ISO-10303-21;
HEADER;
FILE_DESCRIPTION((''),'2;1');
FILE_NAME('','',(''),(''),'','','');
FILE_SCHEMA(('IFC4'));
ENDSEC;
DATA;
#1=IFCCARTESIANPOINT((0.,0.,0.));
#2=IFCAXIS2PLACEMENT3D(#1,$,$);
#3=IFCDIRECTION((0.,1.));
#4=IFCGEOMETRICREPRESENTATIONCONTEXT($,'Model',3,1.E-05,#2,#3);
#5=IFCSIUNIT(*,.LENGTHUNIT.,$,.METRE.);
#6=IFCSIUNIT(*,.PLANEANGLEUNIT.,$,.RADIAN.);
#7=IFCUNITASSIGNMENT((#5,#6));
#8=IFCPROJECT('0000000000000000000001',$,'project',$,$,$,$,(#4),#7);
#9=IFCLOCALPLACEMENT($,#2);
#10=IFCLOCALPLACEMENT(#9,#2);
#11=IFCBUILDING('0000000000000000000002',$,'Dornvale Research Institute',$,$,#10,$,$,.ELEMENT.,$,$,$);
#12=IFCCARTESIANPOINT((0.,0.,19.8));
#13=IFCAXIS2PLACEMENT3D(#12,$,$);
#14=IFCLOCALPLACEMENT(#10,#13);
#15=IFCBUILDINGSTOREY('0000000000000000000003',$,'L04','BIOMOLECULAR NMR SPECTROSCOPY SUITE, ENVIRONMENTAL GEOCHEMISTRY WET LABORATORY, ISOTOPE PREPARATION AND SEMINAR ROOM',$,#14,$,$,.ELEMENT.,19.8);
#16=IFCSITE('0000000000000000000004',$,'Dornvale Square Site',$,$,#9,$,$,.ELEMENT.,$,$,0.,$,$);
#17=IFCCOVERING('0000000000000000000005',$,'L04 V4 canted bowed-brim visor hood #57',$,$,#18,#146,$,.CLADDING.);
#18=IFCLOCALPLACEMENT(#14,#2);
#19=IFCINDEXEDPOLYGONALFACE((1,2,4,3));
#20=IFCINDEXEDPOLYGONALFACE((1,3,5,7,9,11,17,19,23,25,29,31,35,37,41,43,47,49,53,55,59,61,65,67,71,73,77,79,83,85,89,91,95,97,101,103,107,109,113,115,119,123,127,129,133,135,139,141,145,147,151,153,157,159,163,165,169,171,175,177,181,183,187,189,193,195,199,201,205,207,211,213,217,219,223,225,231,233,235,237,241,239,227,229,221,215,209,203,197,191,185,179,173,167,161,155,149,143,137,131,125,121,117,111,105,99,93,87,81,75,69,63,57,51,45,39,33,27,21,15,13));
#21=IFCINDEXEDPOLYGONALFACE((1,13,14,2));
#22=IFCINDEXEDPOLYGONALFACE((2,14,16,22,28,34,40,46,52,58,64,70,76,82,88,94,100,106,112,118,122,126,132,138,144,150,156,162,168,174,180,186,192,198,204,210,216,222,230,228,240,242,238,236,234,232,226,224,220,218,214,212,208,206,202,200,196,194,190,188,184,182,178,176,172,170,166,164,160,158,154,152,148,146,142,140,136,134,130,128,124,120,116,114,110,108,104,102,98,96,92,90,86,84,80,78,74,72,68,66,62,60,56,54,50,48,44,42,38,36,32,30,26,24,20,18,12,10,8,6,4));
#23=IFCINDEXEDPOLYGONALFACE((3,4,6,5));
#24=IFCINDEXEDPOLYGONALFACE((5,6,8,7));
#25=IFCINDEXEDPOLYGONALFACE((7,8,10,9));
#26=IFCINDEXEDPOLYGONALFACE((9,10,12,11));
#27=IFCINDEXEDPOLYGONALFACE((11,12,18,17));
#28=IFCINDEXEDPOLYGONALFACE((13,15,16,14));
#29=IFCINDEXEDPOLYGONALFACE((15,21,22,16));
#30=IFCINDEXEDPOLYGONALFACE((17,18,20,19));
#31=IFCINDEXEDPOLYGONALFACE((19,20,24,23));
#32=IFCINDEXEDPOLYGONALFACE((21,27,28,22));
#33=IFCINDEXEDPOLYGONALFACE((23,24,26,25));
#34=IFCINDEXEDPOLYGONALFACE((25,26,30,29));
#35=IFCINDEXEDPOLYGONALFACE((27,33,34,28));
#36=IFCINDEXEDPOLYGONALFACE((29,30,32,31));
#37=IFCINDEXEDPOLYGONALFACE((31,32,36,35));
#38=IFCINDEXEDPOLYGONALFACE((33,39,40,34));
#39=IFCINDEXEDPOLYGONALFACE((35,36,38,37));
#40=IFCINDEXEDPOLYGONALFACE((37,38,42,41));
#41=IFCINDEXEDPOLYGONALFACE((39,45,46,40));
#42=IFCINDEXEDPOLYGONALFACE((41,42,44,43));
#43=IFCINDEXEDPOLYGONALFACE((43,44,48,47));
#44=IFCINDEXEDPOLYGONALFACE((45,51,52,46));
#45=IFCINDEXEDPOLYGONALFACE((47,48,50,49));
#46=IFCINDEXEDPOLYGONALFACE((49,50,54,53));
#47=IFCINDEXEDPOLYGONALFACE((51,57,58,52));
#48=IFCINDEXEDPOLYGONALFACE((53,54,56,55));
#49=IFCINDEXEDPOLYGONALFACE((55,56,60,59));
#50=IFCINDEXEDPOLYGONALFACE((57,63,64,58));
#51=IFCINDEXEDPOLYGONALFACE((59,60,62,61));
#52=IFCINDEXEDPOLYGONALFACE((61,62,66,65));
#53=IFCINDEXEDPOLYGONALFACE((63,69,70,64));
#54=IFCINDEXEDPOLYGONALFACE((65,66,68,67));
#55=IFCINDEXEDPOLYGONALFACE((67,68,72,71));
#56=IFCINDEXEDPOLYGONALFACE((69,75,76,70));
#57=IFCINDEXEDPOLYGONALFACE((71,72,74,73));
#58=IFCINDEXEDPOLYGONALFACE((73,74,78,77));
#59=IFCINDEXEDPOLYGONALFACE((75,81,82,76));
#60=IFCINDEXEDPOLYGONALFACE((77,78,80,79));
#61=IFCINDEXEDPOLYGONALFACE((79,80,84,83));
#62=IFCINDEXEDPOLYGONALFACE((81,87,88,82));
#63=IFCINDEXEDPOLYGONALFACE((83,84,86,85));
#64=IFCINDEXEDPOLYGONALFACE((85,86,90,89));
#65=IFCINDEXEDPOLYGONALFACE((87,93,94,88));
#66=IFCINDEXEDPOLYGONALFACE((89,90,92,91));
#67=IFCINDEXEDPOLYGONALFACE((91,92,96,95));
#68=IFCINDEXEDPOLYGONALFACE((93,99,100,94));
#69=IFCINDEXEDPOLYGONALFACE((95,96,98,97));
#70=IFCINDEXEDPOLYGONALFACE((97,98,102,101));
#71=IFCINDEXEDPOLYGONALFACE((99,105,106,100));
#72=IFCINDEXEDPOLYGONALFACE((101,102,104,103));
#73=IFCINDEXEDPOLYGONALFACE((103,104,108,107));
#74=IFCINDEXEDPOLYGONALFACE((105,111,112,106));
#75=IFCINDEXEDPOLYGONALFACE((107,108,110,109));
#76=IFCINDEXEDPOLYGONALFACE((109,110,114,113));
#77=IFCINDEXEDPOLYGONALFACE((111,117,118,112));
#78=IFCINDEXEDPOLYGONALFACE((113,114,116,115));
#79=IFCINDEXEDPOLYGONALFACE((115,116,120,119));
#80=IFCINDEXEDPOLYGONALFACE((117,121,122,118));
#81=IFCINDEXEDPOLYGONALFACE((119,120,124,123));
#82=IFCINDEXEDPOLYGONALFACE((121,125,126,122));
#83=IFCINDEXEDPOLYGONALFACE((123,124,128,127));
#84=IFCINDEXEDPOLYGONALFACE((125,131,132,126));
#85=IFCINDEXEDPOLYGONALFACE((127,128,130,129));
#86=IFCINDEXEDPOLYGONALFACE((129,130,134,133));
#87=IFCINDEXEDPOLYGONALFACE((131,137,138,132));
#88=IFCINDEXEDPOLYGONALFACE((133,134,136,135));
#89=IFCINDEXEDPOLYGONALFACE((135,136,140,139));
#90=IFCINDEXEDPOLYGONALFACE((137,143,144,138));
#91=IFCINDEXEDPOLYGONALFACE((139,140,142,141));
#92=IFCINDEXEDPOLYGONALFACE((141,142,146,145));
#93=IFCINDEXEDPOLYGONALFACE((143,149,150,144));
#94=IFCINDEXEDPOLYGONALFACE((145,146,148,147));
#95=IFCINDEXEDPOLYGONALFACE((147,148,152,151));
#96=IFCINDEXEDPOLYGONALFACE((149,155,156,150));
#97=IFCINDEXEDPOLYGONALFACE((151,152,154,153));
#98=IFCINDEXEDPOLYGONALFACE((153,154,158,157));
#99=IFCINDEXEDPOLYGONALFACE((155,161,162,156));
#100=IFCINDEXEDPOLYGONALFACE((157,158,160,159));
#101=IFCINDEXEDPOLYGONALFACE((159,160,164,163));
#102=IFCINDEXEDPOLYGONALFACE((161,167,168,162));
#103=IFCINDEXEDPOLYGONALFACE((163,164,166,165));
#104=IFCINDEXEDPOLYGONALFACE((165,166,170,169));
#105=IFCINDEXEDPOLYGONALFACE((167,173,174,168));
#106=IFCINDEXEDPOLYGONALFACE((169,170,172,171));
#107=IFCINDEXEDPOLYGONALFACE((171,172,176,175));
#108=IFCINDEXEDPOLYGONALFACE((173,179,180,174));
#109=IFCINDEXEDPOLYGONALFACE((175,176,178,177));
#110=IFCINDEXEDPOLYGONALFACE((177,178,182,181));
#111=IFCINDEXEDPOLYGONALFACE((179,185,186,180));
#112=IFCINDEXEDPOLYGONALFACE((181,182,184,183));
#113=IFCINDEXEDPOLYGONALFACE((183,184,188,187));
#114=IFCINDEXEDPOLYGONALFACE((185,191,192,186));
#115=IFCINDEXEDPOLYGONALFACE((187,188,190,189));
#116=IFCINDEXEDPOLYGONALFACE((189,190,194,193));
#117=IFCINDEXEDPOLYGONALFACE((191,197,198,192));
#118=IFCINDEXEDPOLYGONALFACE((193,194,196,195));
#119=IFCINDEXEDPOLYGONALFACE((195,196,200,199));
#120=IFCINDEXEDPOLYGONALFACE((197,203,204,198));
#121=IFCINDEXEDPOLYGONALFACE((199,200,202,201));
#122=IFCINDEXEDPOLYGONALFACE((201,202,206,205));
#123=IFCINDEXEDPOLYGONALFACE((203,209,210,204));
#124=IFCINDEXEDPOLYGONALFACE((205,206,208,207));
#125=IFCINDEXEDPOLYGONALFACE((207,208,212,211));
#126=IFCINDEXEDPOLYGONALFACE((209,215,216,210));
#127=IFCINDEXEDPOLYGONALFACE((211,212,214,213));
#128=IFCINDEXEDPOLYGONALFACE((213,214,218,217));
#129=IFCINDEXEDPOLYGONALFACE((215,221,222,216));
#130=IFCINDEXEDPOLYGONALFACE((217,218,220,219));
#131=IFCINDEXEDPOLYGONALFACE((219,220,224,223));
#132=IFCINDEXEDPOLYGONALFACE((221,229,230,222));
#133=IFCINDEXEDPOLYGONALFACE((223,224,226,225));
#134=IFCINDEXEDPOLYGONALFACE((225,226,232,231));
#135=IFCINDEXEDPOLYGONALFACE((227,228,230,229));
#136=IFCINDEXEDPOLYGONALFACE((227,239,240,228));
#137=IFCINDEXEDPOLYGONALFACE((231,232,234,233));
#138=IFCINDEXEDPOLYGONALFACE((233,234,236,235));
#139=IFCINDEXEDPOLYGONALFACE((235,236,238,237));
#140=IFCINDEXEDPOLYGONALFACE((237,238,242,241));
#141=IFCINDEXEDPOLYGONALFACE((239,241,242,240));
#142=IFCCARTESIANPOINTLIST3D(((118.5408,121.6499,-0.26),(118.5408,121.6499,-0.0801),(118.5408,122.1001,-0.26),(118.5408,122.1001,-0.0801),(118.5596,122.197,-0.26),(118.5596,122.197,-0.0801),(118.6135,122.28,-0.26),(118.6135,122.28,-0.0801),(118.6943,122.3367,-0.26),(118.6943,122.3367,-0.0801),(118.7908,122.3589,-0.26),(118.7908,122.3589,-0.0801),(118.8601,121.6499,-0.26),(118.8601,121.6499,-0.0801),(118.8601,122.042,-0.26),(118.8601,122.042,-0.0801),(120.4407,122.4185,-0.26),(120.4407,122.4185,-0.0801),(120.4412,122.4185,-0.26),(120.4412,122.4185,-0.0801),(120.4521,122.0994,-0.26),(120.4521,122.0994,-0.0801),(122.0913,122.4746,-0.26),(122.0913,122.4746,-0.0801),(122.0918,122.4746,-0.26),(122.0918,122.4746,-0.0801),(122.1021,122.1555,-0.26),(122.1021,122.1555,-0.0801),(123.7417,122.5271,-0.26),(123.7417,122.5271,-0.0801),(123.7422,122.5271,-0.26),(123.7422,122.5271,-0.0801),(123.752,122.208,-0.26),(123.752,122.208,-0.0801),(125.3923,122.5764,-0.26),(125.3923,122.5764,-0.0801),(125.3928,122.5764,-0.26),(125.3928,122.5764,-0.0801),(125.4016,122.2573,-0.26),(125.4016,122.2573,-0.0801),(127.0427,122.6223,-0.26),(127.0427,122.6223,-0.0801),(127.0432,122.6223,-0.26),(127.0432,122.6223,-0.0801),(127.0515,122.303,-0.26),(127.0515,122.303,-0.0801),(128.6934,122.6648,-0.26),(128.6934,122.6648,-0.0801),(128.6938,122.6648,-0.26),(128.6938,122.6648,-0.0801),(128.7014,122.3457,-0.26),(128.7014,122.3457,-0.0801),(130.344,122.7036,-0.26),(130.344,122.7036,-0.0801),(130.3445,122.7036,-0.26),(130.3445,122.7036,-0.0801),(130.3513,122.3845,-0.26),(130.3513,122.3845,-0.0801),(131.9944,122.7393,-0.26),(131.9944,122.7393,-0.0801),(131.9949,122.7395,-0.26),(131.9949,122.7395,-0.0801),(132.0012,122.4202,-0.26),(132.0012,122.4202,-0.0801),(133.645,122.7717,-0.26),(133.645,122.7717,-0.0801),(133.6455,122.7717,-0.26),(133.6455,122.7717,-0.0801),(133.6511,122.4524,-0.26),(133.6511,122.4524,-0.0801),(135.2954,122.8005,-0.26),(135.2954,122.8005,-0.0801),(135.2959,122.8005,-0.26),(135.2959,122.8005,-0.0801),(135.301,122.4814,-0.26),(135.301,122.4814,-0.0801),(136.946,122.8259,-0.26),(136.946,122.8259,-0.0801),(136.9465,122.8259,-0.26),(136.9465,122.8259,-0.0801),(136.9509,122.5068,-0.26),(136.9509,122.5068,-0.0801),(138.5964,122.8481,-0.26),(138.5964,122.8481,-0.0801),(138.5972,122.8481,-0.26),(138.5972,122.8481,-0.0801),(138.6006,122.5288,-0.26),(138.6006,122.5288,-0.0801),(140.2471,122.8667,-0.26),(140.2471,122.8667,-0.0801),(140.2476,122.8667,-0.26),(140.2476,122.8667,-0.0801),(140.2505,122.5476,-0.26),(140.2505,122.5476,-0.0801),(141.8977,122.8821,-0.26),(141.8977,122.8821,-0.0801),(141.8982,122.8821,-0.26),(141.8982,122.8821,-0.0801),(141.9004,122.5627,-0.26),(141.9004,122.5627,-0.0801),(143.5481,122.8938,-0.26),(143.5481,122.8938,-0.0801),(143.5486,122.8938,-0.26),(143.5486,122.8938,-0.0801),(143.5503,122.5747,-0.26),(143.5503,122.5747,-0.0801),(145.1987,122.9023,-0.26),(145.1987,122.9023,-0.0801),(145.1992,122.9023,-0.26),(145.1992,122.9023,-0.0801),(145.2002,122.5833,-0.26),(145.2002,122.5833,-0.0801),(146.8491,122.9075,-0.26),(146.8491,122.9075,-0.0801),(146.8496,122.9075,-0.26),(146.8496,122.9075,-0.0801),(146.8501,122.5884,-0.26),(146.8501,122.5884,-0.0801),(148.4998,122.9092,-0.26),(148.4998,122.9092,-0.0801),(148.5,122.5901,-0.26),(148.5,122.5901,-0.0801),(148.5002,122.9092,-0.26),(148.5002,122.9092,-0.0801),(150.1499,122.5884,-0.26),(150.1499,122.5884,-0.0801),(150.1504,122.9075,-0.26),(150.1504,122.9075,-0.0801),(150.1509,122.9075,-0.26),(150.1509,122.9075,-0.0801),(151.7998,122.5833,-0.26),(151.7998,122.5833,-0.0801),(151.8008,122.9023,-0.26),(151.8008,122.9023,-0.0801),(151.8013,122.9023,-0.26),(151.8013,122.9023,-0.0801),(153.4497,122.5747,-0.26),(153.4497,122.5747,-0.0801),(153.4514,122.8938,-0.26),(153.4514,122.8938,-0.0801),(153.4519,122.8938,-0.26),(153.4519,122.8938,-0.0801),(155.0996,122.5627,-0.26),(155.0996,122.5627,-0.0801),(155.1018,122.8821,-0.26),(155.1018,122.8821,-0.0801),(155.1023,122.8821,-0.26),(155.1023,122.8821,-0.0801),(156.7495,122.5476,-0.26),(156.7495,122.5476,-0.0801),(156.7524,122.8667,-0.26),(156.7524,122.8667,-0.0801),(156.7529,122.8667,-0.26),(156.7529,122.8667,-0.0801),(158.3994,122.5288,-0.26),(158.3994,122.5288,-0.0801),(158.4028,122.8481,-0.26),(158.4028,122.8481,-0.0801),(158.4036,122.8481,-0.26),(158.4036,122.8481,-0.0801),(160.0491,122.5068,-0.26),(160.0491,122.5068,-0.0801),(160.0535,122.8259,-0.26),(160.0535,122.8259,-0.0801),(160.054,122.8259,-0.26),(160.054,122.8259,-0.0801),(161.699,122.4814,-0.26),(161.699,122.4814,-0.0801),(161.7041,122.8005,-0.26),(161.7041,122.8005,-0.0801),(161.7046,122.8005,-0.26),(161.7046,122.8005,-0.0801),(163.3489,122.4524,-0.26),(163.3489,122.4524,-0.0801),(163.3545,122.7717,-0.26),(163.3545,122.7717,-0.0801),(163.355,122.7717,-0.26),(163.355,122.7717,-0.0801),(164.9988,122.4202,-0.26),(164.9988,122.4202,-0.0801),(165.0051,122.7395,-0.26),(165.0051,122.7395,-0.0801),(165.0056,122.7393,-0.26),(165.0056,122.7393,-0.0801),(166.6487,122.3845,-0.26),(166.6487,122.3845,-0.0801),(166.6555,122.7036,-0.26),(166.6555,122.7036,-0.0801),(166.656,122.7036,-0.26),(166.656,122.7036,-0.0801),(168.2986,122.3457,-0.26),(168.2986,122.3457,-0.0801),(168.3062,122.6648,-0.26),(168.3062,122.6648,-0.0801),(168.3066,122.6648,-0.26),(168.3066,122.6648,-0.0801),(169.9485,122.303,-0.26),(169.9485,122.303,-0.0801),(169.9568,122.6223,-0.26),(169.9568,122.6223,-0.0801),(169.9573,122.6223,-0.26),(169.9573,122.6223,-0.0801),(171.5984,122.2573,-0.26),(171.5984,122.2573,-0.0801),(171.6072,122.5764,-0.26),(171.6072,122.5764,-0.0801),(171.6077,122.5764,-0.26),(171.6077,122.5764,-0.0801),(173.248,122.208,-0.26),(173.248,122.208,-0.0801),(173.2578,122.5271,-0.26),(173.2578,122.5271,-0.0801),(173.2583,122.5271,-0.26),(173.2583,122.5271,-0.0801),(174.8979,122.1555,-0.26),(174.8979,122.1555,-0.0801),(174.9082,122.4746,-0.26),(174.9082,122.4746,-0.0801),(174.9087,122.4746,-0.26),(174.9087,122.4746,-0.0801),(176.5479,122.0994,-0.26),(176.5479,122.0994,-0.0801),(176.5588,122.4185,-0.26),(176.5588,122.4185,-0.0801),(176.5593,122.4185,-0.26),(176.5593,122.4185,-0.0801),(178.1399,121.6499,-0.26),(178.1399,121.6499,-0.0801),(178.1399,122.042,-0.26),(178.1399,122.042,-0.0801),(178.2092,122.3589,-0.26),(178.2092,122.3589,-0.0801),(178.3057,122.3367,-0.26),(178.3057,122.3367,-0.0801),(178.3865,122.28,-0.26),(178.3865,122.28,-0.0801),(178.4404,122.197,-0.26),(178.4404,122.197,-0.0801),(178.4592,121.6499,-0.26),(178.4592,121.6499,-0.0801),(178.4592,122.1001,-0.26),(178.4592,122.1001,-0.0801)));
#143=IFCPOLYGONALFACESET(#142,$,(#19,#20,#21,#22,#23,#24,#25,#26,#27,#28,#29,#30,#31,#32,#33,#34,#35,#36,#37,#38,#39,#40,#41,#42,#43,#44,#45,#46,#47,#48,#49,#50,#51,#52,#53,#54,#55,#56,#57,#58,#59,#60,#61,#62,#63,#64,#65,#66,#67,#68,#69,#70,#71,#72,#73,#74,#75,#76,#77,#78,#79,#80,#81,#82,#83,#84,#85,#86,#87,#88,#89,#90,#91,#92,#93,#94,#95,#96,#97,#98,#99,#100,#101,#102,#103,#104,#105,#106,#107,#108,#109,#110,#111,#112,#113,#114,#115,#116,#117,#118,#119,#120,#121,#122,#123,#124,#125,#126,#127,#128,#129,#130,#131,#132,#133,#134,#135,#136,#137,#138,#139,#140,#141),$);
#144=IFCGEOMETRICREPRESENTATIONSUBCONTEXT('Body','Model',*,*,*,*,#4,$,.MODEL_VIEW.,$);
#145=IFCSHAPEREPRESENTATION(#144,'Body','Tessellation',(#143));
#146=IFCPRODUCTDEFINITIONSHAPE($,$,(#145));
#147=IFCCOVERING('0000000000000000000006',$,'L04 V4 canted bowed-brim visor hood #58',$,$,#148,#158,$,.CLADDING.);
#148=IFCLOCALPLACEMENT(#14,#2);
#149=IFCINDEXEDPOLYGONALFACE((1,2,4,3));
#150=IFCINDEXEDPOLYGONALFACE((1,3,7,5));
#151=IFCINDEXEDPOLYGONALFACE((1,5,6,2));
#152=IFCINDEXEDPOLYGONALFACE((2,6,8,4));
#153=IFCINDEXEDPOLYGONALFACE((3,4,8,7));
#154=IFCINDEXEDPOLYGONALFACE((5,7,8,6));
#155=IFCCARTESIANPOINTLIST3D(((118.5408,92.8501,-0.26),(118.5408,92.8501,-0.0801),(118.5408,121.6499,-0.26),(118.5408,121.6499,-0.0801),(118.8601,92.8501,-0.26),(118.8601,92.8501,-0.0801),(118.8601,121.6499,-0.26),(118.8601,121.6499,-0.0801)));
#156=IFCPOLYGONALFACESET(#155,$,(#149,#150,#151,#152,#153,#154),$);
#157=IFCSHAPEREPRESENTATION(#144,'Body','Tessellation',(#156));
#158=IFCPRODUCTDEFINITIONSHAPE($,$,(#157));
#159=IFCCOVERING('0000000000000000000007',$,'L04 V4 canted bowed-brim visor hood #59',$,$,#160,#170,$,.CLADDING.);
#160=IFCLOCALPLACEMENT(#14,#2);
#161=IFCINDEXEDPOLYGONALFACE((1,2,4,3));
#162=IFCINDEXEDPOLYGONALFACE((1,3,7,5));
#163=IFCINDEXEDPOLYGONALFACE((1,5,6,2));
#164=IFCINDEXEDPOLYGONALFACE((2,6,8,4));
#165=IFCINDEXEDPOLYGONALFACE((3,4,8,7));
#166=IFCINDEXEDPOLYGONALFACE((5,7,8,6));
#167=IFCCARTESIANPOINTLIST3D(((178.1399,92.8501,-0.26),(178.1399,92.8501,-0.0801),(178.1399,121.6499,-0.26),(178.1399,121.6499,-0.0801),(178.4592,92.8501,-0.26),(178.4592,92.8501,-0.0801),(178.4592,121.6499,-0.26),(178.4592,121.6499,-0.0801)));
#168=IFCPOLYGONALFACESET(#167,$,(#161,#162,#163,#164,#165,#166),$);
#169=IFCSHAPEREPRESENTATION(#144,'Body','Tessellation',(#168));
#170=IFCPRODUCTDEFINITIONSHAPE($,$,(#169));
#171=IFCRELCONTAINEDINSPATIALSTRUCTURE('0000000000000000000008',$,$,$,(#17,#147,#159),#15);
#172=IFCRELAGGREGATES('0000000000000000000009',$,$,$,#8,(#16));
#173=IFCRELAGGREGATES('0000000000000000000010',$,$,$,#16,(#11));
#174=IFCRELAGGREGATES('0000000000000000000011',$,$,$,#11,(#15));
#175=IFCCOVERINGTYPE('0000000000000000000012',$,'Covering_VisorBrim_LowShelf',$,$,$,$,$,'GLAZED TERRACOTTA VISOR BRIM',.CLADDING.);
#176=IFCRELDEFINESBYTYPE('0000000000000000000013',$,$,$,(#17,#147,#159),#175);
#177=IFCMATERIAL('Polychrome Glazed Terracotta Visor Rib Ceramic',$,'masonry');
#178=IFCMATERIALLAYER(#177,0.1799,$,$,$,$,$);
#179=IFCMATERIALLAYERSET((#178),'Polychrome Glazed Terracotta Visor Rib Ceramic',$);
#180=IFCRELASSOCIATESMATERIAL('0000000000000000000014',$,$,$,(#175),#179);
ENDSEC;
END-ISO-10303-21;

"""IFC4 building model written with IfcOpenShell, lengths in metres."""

from ifc_helpers import new_model, si_unit, direction, frame, origin, place, context, subcontext, project, spatial, polyline, outline, extrude, material, layer, layer_set, type_object, element, save


model = new_model("IFC4")

# Units and contexts
model_context = context("Model", 3, precision=1e-05, world=origin(), true_north=direction((0.0, 1.0)))
body_context = subcontext(model_context, "Body", "Model", "MODEL_VIEW")
ifc_project = project(units=[si_unit("LENGTHUNIT", "METRE"), si_unit("PLANEANGLEUNIT", "RADIAN")], contexts=[model_context])

# Site, building, storey
site_placement = place(None, origin())
site = spatial("IfcSite", under=ifc_project, at=site_placement, Name="Dornvale Square Site", CompositionType="ELEMENT", RefElevation=0.0)
building_placement = place(site_placement, origin())
building = spatial("IfcBuilding", under=site, at=building_placement, Name="Dornvale Research Institute", CompositionType="ELEMENT")
storey_placement = place(building_placement, frame((0.0, 0.0, 19.8)))
storey = spatial("IfcBuildingStorey", under=building, at=storey_placement, Name="L04", Description="BIOMOLECULAR NMR SPECTROSCOPY SUITE, ENVIRONMENTAL GEOCHEMISTRY WET LABORATORY, ISOTOPE PREPARATION AND SEMINAR ROOM", CompositionType="ELEMENT", Elevation=19.8)

# Coverings
ifc_material_1 = material(Name="Polychrome Glazed Terracotta Visor Rib Ceramic", Category="masonry")
ifc_layer_1 = layer(ifc_material_1, 0.1799)
ifc_layer_set_1 = layer_set([ifc_layer_1], Name="Polychrome Glazed Terracotta Visor Rib Ceramic")
covering_type_1 = type_object("IfcCoveringType", Name="Covering_VisorBrim_LowShelf", ElementType="GLAZED TERRACOTTA VISOR BRIM", PredefinedType="CLADDING", material=ifc_layer_set_1)
covering_1_placement = place(storey_placement, frame((0.0, 0.0, -0.26)))
element("IfcCovering", 1, at=covering_1_placement, inside=storey, type_object=covering_type_1, Name="L04 V4 canted bowed-brim visor hood #57", PredefinedType="CLADDING", context=body_context, shape_type="SweptSolid", body=[
    extrude(outline(polyline([(118.5596, 122.197), (118.6135, 122.28), (118.6943, 122.3367), (118.7908, 122.3589), (120.4407, 122.4185), (120.4412, 122.4185), (122.0913, 122.4746), (122.0918, 122.4746), (123.7417, 122.5271), (123.7422, 122.5271), (125.3923, 122.5764), (125.3928, 122.5764), (127.0427, 122.6223), (127.0432, 122.6223), (128.6934, 122.6648), (128.6938, 122.6648), (130.344, 122.7036), (130.3445, 122.7036), (131.9944, 122.7393), (131.9949, 122.7395), (133.645, 122.7717), (133.6455, 122.7717), (135.2954, 122.8005), (135.2959, 122.8005), (136.946, 122.8259), (136.9465, 122.8259), (138.5964, 122.8481), (138.5972, 122.8481), (140.2471, 122.8667), (140.2476, 122.8667), (141.8977, 122.8821), (141.8982, 122.8821), (143.5481, 122.8938), (143.5486, 122.8938), (145.1987, 122.9023), (145.1992, 122.9023), (146.8491, 122.9075), (146.8496, 122.9075), (148.4998, 122.9092), (148.5002, 122.9092), (150.1504, 122.9075), (150.1509, 122.9075), (151.8008, 122.9023), (151.8013, 122.9023), (153.4514, 122.8938), (153.4519, 122.8938), (155.1018, 122.8821), (155.1023, 122.8821), (156.7524, 122.8667), (156.7529, 122.8667), (158.4028, 122.8481), (158.4036, 122.8481), (160.0535, 122.8259), (160.054, 122.8259), (161.7041, 122.8005), (161.7046, 122.8005), (163.3545, 122.7717), (163.355, 122.7717), (165.0051, 122.7395), (165.0056, 122.7393), (166.6555, 122.7036), (166.656, 122.7036), (168.3062, 122.6648), (168.3066, 122.6648), (169.9568, 122.6223), (169.9573, 122.6223), (171.6072, 122.5764), (171.6077, 122.5764), (173.2578, 122.5271), (173.2583, 122.5271), (174.9082, 122.4746), (174.9087, 122.4746), (176.5588, 122.4185), (176.5593, 122.4185), (178.2092, 122.3589), (178.3057, 122.3367), (178.3865, 122.28), (178.4404, 122.197), (178.4592, 122.1001), (178.4592, 121.6499), (178.1399, 121.6499), (178.1399, 122.042), (176.5479, 122.0994), (174.8979, 122.1555), (173.248, 122.208), (171.5984, 122.2573), (169.9485, 122.303), (168.2986, 122.3457), (166.6487, 122.3845), (164.9988, 122.4202), (163.3489, 122.4524), (161.699, 122.4814), (160.0491, 122.5068), (158.3994, 122.5288), (156.7495, 122.5476), (155.0996, 122.5627), (153.4497, 122.5747), (151.7998, 122.5833), (150.1499, 122.5884), (148.5, 122.5901), (146.8501, 122.5884), (145.2002, 122.5833), (143.5503, 122.5747), (141.9004, 122.5627), (140.2505, 122.5476), (138.6006, 122.5288), (136.9509, 122.5068), (135.301, 122.4814), (133.6511, 122.4524), (132.0012, 122.4202), (130.3513, 122.3845), (128.7014, 122.3457), (127.0515, 122.303), (125.4016, 122.2573), (123.752, 122.208), (122.1021, 122.1555), (120.4521, 122.0994), (118.8601, 122.042), (118.8601, 121.6499), (118.5408, 121.6499), (118.5408, 122.1001), (118.5596, 122.197)])), origin(), (0.0, 0.0, 1.0), 0.1799),
])
covering_2_placement = place(storey_placement, frame((0.0, 0.0, -0.26)))
element("IfcCovering", 2, at=covering_2_placement, inside=storey, type_object=covering_type_1, Name="L04 V4 canted bowed-brim visor hood #58", PredefinedType="CLADDING", context=body_context, shape_type="SweptSolid", body=[
    extrude(outline(polyline([(118.5408, 121.6499), (118.8601, 121.6499), (118.8601, 92.8501), (118.5408, 92.8501), (118.5408, 121.6499)])), origin(), (0.0, 0.0, 1.0), 0.1799),
])
covering_3_placement = place(storey_placement, frame((0.0, 0.0, -0.26)))
element("IfcCovering", 3, at=covering_3_placement, inside=storey, type_object=covering_type_1, Name="L04 V4 canted bowed-brim visor hood #59", PredefinedType="CLADDING", context=body_context, shape_type="SweptSolid", body=[
    extrude(outline(polyline([(178.4592, 92.8501), (178.1399, 92.8501), (178.1399, 121.6499), (178.4592, 121.6499), (178.4592, 92.8501)])), origin(), (0.0, 0.0, 1.0), 0.1799),
])

save(model, "model.ifc")
